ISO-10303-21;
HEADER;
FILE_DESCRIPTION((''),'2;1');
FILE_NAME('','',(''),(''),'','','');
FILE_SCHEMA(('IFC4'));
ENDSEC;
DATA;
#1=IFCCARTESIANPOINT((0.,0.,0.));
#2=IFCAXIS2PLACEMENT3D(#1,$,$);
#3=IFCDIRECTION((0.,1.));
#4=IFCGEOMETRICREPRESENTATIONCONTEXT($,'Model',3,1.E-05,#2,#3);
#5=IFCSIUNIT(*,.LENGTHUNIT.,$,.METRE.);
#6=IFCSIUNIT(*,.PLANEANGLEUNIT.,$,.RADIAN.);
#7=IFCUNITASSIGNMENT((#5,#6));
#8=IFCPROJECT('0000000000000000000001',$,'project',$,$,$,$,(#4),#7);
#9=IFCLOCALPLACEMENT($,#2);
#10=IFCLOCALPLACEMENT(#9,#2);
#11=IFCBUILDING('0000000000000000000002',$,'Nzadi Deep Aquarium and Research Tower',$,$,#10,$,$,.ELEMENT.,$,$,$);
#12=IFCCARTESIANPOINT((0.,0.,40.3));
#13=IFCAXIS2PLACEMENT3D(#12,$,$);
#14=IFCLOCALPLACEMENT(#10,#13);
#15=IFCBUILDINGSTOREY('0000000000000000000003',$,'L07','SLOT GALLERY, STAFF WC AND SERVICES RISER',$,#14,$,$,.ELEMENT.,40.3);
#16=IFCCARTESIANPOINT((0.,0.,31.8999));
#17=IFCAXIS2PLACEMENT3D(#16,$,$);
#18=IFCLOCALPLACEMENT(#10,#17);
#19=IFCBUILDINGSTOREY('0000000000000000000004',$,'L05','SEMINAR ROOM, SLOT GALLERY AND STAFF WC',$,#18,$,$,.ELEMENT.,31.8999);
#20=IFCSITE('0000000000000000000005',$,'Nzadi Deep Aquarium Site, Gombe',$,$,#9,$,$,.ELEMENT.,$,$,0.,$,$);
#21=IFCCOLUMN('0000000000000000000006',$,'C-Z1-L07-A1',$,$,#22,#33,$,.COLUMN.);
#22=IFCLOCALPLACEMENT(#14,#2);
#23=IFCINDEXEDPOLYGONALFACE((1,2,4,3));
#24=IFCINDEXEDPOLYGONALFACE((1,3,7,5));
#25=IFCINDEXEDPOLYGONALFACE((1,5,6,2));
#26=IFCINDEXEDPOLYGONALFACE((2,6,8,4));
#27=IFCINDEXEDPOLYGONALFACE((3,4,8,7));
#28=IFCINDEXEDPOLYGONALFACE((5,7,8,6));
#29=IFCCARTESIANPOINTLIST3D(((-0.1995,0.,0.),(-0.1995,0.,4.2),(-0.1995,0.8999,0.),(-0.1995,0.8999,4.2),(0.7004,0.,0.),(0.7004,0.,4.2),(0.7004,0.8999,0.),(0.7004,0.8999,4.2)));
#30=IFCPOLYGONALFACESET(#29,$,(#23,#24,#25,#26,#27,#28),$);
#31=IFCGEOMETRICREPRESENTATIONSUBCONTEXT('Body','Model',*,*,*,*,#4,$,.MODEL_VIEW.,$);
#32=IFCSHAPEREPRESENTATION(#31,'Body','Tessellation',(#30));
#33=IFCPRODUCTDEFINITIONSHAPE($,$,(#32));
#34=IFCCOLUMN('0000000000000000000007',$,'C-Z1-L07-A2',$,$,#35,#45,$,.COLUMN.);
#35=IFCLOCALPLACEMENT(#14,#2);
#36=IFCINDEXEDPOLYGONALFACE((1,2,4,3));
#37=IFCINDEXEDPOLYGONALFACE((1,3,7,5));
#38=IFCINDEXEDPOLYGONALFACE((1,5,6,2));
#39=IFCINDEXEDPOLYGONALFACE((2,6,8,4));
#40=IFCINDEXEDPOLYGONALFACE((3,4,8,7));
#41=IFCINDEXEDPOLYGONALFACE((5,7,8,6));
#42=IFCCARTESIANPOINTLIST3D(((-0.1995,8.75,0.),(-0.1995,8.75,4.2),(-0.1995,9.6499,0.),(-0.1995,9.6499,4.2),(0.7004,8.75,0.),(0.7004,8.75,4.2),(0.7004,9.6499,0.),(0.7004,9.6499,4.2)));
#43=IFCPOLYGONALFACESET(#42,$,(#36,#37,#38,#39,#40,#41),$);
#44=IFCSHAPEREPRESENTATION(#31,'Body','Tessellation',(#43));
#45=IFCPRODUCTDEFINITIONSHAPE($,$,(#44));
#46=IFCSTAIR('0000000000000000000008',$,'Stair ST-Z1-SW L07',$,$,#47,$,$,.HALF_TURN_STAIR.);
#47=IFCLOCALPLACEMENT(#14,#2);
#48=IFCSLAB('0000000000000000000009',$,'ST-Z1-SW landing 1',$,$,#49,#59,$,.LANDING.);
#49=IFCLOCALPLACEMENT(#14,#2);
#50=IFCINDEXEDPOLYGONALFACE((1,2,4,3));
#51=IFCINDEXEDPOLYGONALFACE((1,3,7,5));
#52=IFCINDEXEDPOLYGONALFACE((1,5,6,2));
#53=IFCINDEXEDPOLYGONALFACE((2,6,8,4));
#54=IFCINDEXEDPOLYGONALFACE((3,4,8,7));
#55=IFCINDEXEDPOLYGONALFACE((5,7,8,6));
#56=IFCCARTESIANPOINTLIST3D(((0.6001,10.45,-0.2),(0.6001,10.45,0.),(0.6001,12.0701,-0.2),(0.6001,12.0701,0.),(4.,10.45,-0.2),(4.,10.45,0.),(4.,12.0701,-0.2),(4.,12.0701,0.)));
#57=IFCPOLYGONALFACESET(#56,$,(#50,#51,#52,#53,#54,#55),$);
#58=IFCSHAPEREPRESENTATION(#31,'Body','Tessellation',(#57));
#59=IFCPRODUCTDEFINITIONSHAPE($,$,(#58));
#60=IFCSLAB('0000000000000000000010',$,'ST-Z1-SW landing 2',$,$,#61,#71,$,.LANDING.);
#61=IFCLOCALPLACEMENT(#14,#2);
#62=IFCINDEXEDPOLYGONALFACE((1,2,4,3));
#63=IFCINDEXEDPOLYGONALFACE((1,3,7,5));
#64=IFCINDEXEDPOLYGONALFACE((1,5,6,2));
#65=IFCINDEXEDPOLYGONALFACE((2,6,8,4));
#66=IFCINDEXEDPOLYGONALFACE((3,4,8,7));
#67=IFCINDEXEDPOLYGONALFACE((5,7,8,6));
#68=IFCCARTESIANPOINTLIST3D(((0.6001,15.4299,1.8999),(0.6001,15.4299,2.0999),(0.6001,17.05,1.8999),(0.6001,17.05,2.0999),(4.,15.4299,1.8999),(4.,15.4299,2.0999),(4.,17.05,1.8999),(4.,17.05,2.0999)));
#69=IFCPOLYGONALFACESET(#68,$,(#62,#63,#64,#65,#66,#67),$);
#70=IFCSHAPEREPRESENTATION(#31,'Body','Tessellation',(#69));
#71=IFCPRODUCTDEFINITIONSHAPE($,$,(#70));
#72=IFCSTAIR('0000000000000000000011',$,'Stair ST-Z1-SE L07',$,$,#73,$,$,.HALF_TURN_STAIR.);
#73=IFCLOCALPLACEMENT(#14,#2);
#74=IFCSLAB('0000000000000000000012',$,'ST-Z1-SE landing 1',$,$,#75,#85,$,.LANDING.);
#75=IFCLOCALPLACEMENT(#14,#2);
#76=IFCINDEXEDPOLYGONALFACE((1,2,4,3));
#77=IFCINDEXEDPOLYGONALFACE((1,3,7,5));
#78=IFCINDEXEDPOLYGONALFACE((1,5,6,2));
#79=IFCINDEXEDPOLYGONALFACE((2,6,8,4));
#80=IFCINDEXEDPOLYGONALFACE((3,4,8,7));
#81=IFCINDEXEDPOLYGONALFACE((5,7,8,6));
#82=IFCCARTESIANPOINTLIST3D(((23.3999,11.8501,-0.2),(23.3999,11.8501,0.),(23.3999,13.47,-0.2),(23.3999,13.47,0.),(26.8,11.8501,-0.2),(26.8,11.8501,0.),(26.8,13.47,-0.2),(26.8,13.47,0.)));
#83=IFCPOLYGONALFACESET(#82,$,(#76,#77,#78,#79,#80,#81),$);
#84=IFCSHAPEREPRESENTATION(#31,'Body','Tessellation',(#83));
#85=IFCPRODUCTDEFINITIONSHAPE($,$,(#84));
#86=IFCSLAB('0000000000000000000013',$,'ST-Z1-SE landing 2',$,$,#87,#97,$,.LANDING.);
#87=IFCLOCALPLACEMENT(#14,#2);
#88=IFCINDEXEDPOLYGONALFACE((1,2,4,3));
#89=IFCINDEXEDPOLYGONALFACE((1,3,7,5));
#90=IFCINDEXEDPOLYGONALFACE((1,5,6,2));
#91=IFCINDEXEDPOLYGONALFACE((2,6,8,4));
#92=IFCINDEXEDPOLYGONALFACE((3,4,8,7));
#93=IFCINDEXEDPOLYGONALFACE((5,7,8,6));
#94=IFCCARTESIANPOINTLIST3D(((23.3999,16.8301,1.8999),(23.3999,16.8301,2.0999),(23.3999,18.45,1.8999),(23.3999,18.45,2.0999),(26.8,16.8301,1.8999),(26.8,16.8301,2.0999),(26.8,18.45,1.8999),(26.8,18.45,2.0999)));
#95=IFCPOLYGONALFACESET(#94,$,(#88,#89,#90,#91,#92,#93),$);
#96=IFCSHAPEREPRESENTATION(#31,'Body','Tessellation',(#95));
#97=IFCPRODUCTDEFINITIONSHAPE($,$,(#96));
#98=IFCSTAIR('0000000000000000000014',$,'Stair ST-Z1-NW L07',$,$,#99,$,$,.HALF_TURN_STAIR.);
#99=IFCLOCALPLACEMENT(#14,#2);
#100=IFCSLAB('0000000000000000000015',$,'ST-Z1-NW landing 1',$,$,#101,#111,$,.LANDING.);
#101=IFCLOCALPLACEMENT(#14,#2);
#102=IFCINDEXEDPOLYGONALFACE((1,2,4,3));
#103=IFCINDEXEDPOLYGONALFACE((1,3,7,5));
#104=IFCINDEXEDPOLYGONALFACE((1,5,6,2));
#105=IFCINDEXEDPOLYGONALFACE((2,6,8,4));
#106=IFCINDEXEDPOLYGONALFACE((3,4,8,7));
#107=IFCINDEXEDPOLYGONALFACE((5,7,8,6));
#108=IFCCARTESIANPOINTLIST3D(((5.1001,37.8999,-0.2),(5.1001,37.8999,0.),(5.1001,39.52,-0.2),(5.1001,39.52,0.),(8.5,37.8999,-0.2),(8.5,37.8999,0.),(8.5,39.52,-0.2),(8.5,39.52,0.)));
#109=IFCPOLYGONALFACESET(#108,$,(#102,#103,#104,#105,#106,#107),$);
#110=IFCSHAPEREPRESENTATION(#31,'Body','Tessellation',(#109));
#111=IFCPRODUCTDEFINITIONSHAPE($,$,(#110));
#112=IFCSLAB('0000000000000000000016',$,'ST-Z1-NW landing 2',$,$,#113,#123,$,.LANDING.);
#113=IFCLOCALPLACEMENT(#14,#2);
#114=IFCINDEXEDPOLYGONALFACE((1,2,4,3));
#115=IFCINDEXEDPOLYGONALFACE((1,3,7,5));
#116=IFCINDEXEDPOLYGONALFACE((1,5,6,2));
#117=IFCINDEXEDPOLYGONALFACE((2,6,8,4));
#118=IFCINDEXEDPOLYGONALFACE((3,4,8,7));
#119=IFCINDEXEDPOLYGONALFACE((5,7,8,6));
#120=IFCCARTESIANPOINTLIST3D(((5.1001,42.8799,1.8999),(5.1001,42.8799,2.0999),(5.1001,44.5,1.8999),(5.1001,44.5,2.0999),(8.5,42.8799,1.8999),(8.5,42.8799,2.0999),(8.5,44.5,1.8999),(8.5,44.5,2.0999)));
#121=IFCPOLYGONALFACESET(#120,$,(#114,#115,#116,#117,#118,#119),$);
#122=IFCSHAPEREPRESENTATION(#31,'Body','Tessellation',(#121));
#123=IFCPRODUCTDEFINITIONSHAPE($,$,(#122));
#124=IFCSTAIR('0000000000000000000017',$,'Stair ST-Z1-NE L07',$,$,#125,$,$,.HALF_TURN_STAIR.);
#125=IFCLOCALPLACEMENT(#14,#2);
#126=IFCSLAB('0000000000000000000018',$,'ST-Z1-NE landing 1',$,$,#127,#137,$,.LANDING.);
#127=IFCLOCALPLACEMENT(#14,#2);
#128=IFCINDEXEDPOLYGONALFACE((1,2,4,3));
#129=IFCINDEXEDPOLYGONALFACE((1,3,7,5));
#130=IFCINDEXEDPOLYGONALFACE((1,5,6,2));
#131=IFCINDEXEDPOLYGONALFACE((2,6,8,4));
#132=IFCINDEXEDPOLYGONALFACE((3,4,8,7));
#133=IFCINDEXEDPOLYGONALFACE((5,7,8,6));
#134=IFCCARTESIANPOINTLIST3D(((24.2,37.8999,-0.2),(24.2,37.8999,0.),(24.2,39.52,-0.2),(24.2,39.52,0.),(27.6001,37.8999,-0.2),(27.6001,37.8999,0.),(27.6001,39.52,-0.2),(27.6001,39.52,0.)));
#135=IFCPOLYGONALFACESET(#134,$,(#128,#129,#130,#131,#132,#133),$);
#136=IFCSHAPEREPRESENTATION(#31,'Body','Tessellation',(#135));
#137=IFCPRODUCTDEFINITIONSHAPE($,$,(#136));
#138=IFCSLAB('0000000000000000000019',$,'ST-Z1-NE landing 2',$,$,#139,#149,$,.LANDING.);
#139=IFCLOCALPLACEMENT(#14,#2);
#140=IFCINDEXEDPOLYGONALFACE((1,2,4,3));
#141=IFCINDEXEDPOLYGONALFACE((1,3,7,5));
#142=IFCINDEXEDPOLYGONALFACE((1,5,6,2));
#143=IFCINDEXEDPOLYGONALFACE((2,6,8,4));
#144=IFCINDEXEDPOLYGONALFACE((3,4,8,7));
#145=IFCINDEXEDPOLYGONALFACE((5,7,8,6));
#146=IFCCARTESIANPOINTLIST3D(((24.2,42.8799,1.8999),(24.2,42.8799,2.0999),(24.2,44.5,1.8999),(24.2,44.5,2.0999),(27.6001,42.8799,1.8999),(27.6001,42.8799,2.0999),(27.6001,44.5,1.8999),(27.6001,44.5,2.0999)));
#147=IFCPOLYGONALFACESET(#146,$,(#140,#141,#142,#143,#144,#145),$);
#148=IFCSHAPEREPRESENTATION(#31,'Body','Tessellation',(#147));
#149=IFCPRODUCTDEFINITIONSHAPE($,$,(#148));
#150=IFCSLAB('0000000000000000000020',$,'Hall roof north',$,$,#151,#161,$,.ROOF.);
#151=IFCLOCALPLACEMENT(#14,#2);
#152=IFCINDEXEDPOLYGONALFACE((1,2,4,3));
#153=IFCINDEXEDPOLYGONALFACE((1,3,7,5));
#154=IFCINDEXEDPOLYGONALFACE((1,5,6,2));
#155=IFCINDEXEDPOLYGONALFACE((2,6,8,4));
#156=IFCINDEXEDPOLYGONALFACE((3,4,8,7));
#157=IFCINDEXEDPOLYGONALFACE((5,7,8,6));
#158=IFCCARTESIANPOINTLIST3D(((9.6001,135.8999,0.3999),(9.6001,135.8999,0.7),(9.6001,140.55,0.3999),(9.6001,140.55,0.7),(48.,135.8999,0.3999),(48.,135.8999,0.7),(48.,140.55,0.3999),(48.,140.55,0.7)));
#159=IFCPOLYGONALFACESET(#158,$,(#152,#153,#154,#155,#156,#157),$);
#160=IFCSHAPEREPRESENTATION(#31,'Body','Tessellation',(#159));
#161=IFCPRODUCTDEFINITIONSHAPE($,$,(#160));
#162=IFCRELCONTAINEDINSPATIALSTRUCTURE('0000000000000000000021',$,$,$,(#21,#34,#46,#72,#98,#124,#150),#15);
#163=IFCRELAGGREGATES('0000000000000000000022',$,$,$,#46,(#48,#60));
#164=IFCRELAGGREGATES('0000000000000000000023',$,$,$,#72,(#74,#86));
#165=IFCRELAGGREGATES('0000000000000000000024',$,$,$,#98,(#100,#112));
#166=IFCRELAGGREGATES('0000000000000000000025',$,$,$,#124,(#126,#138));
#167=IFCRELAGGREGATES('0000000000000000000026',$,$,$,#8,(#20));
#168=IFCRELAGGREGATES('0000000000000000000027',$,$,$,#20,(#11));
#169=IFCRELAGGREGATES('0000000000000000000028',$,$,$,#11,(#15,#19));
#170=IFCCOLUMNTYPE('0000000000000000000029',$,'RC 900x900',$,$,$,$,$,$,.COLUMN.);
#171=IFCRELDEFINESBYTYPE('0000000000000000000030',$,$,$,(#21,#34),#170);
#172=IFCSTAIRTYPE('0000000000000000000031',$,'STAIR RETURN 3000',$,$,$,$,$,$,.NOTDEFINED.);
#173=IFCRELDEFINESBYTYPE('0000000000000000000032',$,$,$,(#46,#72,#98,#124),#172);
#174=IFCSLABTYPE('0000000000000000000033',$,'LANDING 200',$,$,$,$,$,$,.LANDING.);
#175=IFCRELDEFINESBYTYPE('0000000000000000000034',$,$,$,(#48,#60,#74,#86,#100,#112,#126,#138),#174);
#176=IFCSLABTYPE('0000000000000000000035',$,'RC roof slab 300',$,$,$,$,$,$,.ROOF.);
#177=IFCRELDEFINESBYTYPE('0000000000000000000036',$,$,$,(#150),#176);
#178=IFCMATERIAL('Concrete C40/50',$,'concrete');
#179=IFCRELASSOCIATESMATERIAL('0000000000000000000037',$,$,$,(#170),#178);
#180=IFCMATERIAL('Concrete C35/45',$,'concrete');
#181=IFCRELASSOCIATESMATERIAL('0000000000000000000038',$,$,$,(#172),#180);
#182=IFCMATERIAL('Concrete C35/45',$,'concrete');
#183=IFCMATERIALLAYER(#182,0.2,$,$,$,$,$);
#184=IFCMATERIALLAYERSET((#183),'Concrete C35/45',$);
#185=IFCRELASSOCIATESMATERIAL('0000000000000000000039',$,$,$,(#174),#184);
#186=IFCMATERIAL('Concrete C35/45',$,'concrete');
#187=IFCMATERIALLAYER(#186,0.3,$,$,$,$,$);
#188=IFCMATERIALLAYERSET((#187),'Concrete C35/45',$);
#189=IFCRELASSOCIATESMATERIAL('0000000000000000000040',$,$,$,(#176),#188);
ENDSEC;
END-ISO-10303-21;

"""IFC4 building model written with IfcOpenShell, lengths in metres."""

from ifc_helpers import new_model, si_unit, direction, frame, origin, origin_2d, place, context, subcontext, project, spatial, polyline, rectangle, outline, extrude, material, layer, layer_set, material_profile, profile_set, type_object, element, aggregate, save


model = new_model("IFC4")

# Units and contexts
model_context = context("Model", 3, precision=1e-05, world=origin(), true_north=direction((0.0, 1.0)))
body_context = subcontext(model_context, "Body", "Model", "MODEL_VIEW")
ifc_project = project(units=[si_unit("LENGTHUNIT", "METRE"), si_unit("PLANEANGLEUNIT", "RADIAN")], contexts=[model_context])

# Site, building, storey
site_placement = place(None, origin())
site = spatial("IfcSite", under=ifc_project, at=site_placement, Name="Nzadi Deep Aquarium Site, Gombe", CompositionType="ELEMENT", RefElevation=0.0)
building_placement = place(site_placement, origin())
building = spatial("IfcBuilding", under=site, at=building_placement, Name="Nzadi Deep Aquarium and Research Tower", CompositionType="ELEMENT")
storey_1_placement = place(building_placement, frame((0.0, 0.0, 40.3)))
storey_1 = spatial("IfcBuildingStorey", under=building, at=storey_1_placement, Name="L07", Description="SLOT GALLERY, STAFF WC AND SERVICES RISER", CompositionType="ELEMENT", Elevation=40.3)

# Columns
ifc_material_1 = material(Name="Concrete C40/50", Category="concrete")
ifc_material_profile = material_profile(ifc_material_1, rectangle(XDim=0.8999, YDim=0.8999, at=origin_2d()))
ifc_profile_set = profile_set([ifc_material_profile], Name="Concrete C40/50")
column_type = type_object("IfcColumnType", Name="RC 900x900", PredefinedType="COLUMN", material=ifc_profile_set)
for number, where, z_axis, x_axis, name in (
    (1, (0.2505, 0.45, 0.0), (0.0, 0.0, 1.0), (1.0, 0.0, 0.0), "C-Z1-L07-A1"),
    (2, (0.2505, 9.2, 0.0), (0.0, 0.0, 1.0), (1.0, 0.0, 0.0), "C-Z1-L07-A2"),
):
    element("IfcColumn", number, at=place(storey_1_placement, frame(where, z_axis=z_axis, x_axis=x_axis)), inside=storey_1, type_object=column_type, Name=name, PredefinedType="COLUMN", context=body_context, shape_type="SweptSolid", body=[
        extrude(rectangle(XDim=0.8999, YDim=0.8999, at=origin_2d()), origin(), (0.0, 0.0, 1.0), 4.2),
    ])

# Stairs, slabs
ifc_material_2 = material(Name="Concrete C35/45", Category="concrete")
stair_type = type_object("IfcStairType", Name="STAIR RETURN 3000", PredefinedType="NOTDEFINED", material=ifc_material_2)
stair_1_placement = place(storey_1_placement, origin())
stair_1 = element("IfcStair", 3, at=stair_1_placement, inside=storey_1, type_object=stair_type, Name="Stair ST-Z1-SW L07", PredefinedType="HALF_TURN_STAIR")
ifc_material_3 = material(Name="Concrete C35/45", Category="concrete")
ifc_layer_1 = layer(ifc_material_3, 0.2)
ifc_layer_set_1 = layer_set([ifc_layer_1], Name="Concrete C35/45")
slab_type_1 = type_object("IfcSlabType", Name="LANDING 200", PredefinedType="LANDING", material=ifc_layer_set_1)
slab_1_placement = place(storey_1_placement, frame((0.0, 0.0, -0.2)))
slab_1 = element("IfcSlab", 4, at=slab_1_placement, type_object=slab_type_1, Name="ST-Z1-SW landing 1", PredefinedType="LANDING", context=body_context, shape_type="SweptSolid", body=[
    extrude(outline(polyline([(0.6001, 10.45), (4.0, 10.45), (4.0, 12.0701), (0.6001, 12.0701), (0.6001, 10.45)])), origin(), (0.0, 0.0, 1.0), 0.2),
])
slab_2_placement = place(storey_1_placement, frame((0.0, 0.0, 1.8999)))
slab_2 = element("IfcSlab", 5, at=slab_2_placement, type_object=slab_type_1, Name="ST-Z1-SW landing 2", PredefinedType="LANDING", context=body_context, shape_type="SweptSolid", body=[
    extrude(outline(polyline([(0.6001, 15.4299), (4.0, 15.4299), (4.0, 17.05), (0.6001, 17.05), (0.6001, 15.4299)])), origin(), (0.0, 0.0, 1.0), 0.2),
])
aggregate(stair_1, [slab_1, slab_2])
stair_2_placement = place(storey_1_placement, origin())
stair_2 = element("IfcStair", 6, at=stair_2_placement, inside=storey_1, type_object=stair_type, Name="Stair ST-Z1-SE L07", PredefinedType="HALF_TURN_STAIR")
slab_3_placement = place(storey_1_placement, frame((0.0, 0.0, -0.2)))
slab_3 = element("IfcSlab", 7, at=slab_3_placement, type_object=slab_type_1, Name="ST-Z1-SE landing 1", PredefinedType="LANDING", context=body_context, shape_type="SweptSolid", body=[
    extrude(outline(polyline([(23.3999, 11.8501), (26.8, 11.8501), (26.8, 13.47), (23.3999, 13.47), (23.3999, 11.8501)])), origin(), (0.0, 0.0, 1.0), 0.2),
])
slab_4_placement = place(storey_1_placement, frame((0.0, 0.0, 1.8999)))
slab_4 = element("IfcSlab", 8, at=slab_4_placement, type_object=slab_type_1, Name="ST-Z1-SE landing 2", PredefinedType="LANDING", context=body_context, shape_type="SweptSolid", body=[
    extrude(outline(polyline([(23.3999, 16.8301), (26.8, 16.8301), (26.8, 18.45), (23.3999, 18.45), (23.3999, 16.8301)])), origin(), (0.0, 0.0, 1.0), 0.2),
])
aggregate(stair_2, [slab_3, slab_4])
stair_3_placement = place(storey_1_placement, origin())
stair_3 = element("IfcStair", 9, at=stair_3_placement, inside=storey_1, type_object=stair_type, Name="Stair ST-Z1-NW L07", PredefinedType="HALF_TURN_STAIR")
slab_5_placement = place(storey_1_placement, frame((0.0, 0.0, -0.2)))
slab_5 = element("IfcSlab", 10, at=slab_5_placement, type_object=slab_type_1, Name="ST-Z1-NW landing 1", PredefinedType="LANDING", context=body_context, shape_type="SweptSolid", body=[
    extrude(outline(polyline([(5.1001, 37.8999), (8.5, 37.8999), (8.5, 39.52), (5.1001, 39.52), (5.1001, 37.8999)])), origin(), (0.0, 0.0, 1.0), 0.2),
])
slab_6_placement = place(storey_1_placement, frame((0.0, 0.0, 1.8999)))
slab_6 = element("IfcSlab", 11, at=slab_6_placement, type_object=slab_type_1, Name="ST-Z1-NW landing 2", PredefinedType="LANDING", context=body_context, shape_type="SweptSolid", body=[
    extrude(outline(polyline([(5.1001, 42.8799), (8.5, 42.8799), (8.5, 44.5), (5.1001, 44.5), (5.1001, 42.8799)])), origin(), (0.0, 0.0, 1.0), 0.2),
])
aggregate(stair_3, [slab_5, slab_6])
stair_4_placement = place(storey_1_placement, origin())
stair_4 = element("IfcStair", 12, at=stair_4_placement, inside=storey_1, type_object=stair_type, Name="Stair ST-Z1-NE L07", PredefinedType="HALF_TURN_STAIR")
slab_7_placement = place(storey_1_placement, frame((0.0, 0.0, -0.2)))
slab_7 = element("IfcSlab", 13, at=slab_7_placement, type_object=slab_type_1, Name="ST-Z1-NE landing 1", PredefinedType="LANDING", context=body_context, shape_type="SweptSolid", body=[
    extrude(outline(polyline([(24.2, 37.8999), (27.6001, 37.8999), (27.6001, 39.52), (24.2, 39.52), (24.2, 37.8999)])), origin(), (0.0, 0.0, 1.0), 0.2),
])
slab_8_placement = place(storey_1_placement, frame((0.0, 0.0, 1.8999)))
slab_8 = element("IfcSlab", 14, at=slab_8_placement, type_object=slab_type_1, Name="ST-Z1-NE landing 2", PredefinedType="LANDING", context=body_context, shape_type="SweptSolid", body=[
    extrude(outline(polyline([(24.2, 42.8799), (27.6001, 42.8799), (27.6001, 44.5), (24.2, 44.5), (24.2, 42.8799)])), origin(), (0.0, 0.0, 1.0), 0.2),
])
aggregate(stair_4, [slab_7, slab_8])

# Slab
ifc_material_4 = material(Name="Concrete C35/45", Category="concrete")
ifc_layer_2 = layer(ifc_material_4, 0.3)
ifc_layer_set_2 = layer_set([ifc_layer_2], Name="Concrete C35/45")
slab_type_2 = type_object("IfcSlabType", Name="RC roof slab 300", PredefinedType="ROOF", material=ifc_layer_set_2)
slab_9_placement = place(storey_1_placement, frame((0.0, 0.0, 0.3999)))
element("IfcSlab", 15, at=slab_9_placement, inside=storey_1, type_object=slab_type_2, Name="Hall roof north", PredefinedType="ROOF", context=body_context, shape_type="SweptSolid", body=[
    extrude(outline(polyline([(48.0, 135.8999), (48.0, 140.55), (9.6001, 140.55), (9.6001, 135.8999), (48.0, 135.8999)])), origin(), (0.0, 0.0, 1.0), 0.3),
])

# Shared definitions
storey_2_placement = place(building_placement, frame((0.0, 0.0, 31.8999)))
storey_2 = spatial("IfcBuildingStorey", under=building, at=storey_2_placement, Name="L05", Description="SEMINAR ROOM, SLOT GALLERY AND STAFF WC", CompositionType="ELEMENT", Elevation=31.8999)

save(model, "model.ifc")
